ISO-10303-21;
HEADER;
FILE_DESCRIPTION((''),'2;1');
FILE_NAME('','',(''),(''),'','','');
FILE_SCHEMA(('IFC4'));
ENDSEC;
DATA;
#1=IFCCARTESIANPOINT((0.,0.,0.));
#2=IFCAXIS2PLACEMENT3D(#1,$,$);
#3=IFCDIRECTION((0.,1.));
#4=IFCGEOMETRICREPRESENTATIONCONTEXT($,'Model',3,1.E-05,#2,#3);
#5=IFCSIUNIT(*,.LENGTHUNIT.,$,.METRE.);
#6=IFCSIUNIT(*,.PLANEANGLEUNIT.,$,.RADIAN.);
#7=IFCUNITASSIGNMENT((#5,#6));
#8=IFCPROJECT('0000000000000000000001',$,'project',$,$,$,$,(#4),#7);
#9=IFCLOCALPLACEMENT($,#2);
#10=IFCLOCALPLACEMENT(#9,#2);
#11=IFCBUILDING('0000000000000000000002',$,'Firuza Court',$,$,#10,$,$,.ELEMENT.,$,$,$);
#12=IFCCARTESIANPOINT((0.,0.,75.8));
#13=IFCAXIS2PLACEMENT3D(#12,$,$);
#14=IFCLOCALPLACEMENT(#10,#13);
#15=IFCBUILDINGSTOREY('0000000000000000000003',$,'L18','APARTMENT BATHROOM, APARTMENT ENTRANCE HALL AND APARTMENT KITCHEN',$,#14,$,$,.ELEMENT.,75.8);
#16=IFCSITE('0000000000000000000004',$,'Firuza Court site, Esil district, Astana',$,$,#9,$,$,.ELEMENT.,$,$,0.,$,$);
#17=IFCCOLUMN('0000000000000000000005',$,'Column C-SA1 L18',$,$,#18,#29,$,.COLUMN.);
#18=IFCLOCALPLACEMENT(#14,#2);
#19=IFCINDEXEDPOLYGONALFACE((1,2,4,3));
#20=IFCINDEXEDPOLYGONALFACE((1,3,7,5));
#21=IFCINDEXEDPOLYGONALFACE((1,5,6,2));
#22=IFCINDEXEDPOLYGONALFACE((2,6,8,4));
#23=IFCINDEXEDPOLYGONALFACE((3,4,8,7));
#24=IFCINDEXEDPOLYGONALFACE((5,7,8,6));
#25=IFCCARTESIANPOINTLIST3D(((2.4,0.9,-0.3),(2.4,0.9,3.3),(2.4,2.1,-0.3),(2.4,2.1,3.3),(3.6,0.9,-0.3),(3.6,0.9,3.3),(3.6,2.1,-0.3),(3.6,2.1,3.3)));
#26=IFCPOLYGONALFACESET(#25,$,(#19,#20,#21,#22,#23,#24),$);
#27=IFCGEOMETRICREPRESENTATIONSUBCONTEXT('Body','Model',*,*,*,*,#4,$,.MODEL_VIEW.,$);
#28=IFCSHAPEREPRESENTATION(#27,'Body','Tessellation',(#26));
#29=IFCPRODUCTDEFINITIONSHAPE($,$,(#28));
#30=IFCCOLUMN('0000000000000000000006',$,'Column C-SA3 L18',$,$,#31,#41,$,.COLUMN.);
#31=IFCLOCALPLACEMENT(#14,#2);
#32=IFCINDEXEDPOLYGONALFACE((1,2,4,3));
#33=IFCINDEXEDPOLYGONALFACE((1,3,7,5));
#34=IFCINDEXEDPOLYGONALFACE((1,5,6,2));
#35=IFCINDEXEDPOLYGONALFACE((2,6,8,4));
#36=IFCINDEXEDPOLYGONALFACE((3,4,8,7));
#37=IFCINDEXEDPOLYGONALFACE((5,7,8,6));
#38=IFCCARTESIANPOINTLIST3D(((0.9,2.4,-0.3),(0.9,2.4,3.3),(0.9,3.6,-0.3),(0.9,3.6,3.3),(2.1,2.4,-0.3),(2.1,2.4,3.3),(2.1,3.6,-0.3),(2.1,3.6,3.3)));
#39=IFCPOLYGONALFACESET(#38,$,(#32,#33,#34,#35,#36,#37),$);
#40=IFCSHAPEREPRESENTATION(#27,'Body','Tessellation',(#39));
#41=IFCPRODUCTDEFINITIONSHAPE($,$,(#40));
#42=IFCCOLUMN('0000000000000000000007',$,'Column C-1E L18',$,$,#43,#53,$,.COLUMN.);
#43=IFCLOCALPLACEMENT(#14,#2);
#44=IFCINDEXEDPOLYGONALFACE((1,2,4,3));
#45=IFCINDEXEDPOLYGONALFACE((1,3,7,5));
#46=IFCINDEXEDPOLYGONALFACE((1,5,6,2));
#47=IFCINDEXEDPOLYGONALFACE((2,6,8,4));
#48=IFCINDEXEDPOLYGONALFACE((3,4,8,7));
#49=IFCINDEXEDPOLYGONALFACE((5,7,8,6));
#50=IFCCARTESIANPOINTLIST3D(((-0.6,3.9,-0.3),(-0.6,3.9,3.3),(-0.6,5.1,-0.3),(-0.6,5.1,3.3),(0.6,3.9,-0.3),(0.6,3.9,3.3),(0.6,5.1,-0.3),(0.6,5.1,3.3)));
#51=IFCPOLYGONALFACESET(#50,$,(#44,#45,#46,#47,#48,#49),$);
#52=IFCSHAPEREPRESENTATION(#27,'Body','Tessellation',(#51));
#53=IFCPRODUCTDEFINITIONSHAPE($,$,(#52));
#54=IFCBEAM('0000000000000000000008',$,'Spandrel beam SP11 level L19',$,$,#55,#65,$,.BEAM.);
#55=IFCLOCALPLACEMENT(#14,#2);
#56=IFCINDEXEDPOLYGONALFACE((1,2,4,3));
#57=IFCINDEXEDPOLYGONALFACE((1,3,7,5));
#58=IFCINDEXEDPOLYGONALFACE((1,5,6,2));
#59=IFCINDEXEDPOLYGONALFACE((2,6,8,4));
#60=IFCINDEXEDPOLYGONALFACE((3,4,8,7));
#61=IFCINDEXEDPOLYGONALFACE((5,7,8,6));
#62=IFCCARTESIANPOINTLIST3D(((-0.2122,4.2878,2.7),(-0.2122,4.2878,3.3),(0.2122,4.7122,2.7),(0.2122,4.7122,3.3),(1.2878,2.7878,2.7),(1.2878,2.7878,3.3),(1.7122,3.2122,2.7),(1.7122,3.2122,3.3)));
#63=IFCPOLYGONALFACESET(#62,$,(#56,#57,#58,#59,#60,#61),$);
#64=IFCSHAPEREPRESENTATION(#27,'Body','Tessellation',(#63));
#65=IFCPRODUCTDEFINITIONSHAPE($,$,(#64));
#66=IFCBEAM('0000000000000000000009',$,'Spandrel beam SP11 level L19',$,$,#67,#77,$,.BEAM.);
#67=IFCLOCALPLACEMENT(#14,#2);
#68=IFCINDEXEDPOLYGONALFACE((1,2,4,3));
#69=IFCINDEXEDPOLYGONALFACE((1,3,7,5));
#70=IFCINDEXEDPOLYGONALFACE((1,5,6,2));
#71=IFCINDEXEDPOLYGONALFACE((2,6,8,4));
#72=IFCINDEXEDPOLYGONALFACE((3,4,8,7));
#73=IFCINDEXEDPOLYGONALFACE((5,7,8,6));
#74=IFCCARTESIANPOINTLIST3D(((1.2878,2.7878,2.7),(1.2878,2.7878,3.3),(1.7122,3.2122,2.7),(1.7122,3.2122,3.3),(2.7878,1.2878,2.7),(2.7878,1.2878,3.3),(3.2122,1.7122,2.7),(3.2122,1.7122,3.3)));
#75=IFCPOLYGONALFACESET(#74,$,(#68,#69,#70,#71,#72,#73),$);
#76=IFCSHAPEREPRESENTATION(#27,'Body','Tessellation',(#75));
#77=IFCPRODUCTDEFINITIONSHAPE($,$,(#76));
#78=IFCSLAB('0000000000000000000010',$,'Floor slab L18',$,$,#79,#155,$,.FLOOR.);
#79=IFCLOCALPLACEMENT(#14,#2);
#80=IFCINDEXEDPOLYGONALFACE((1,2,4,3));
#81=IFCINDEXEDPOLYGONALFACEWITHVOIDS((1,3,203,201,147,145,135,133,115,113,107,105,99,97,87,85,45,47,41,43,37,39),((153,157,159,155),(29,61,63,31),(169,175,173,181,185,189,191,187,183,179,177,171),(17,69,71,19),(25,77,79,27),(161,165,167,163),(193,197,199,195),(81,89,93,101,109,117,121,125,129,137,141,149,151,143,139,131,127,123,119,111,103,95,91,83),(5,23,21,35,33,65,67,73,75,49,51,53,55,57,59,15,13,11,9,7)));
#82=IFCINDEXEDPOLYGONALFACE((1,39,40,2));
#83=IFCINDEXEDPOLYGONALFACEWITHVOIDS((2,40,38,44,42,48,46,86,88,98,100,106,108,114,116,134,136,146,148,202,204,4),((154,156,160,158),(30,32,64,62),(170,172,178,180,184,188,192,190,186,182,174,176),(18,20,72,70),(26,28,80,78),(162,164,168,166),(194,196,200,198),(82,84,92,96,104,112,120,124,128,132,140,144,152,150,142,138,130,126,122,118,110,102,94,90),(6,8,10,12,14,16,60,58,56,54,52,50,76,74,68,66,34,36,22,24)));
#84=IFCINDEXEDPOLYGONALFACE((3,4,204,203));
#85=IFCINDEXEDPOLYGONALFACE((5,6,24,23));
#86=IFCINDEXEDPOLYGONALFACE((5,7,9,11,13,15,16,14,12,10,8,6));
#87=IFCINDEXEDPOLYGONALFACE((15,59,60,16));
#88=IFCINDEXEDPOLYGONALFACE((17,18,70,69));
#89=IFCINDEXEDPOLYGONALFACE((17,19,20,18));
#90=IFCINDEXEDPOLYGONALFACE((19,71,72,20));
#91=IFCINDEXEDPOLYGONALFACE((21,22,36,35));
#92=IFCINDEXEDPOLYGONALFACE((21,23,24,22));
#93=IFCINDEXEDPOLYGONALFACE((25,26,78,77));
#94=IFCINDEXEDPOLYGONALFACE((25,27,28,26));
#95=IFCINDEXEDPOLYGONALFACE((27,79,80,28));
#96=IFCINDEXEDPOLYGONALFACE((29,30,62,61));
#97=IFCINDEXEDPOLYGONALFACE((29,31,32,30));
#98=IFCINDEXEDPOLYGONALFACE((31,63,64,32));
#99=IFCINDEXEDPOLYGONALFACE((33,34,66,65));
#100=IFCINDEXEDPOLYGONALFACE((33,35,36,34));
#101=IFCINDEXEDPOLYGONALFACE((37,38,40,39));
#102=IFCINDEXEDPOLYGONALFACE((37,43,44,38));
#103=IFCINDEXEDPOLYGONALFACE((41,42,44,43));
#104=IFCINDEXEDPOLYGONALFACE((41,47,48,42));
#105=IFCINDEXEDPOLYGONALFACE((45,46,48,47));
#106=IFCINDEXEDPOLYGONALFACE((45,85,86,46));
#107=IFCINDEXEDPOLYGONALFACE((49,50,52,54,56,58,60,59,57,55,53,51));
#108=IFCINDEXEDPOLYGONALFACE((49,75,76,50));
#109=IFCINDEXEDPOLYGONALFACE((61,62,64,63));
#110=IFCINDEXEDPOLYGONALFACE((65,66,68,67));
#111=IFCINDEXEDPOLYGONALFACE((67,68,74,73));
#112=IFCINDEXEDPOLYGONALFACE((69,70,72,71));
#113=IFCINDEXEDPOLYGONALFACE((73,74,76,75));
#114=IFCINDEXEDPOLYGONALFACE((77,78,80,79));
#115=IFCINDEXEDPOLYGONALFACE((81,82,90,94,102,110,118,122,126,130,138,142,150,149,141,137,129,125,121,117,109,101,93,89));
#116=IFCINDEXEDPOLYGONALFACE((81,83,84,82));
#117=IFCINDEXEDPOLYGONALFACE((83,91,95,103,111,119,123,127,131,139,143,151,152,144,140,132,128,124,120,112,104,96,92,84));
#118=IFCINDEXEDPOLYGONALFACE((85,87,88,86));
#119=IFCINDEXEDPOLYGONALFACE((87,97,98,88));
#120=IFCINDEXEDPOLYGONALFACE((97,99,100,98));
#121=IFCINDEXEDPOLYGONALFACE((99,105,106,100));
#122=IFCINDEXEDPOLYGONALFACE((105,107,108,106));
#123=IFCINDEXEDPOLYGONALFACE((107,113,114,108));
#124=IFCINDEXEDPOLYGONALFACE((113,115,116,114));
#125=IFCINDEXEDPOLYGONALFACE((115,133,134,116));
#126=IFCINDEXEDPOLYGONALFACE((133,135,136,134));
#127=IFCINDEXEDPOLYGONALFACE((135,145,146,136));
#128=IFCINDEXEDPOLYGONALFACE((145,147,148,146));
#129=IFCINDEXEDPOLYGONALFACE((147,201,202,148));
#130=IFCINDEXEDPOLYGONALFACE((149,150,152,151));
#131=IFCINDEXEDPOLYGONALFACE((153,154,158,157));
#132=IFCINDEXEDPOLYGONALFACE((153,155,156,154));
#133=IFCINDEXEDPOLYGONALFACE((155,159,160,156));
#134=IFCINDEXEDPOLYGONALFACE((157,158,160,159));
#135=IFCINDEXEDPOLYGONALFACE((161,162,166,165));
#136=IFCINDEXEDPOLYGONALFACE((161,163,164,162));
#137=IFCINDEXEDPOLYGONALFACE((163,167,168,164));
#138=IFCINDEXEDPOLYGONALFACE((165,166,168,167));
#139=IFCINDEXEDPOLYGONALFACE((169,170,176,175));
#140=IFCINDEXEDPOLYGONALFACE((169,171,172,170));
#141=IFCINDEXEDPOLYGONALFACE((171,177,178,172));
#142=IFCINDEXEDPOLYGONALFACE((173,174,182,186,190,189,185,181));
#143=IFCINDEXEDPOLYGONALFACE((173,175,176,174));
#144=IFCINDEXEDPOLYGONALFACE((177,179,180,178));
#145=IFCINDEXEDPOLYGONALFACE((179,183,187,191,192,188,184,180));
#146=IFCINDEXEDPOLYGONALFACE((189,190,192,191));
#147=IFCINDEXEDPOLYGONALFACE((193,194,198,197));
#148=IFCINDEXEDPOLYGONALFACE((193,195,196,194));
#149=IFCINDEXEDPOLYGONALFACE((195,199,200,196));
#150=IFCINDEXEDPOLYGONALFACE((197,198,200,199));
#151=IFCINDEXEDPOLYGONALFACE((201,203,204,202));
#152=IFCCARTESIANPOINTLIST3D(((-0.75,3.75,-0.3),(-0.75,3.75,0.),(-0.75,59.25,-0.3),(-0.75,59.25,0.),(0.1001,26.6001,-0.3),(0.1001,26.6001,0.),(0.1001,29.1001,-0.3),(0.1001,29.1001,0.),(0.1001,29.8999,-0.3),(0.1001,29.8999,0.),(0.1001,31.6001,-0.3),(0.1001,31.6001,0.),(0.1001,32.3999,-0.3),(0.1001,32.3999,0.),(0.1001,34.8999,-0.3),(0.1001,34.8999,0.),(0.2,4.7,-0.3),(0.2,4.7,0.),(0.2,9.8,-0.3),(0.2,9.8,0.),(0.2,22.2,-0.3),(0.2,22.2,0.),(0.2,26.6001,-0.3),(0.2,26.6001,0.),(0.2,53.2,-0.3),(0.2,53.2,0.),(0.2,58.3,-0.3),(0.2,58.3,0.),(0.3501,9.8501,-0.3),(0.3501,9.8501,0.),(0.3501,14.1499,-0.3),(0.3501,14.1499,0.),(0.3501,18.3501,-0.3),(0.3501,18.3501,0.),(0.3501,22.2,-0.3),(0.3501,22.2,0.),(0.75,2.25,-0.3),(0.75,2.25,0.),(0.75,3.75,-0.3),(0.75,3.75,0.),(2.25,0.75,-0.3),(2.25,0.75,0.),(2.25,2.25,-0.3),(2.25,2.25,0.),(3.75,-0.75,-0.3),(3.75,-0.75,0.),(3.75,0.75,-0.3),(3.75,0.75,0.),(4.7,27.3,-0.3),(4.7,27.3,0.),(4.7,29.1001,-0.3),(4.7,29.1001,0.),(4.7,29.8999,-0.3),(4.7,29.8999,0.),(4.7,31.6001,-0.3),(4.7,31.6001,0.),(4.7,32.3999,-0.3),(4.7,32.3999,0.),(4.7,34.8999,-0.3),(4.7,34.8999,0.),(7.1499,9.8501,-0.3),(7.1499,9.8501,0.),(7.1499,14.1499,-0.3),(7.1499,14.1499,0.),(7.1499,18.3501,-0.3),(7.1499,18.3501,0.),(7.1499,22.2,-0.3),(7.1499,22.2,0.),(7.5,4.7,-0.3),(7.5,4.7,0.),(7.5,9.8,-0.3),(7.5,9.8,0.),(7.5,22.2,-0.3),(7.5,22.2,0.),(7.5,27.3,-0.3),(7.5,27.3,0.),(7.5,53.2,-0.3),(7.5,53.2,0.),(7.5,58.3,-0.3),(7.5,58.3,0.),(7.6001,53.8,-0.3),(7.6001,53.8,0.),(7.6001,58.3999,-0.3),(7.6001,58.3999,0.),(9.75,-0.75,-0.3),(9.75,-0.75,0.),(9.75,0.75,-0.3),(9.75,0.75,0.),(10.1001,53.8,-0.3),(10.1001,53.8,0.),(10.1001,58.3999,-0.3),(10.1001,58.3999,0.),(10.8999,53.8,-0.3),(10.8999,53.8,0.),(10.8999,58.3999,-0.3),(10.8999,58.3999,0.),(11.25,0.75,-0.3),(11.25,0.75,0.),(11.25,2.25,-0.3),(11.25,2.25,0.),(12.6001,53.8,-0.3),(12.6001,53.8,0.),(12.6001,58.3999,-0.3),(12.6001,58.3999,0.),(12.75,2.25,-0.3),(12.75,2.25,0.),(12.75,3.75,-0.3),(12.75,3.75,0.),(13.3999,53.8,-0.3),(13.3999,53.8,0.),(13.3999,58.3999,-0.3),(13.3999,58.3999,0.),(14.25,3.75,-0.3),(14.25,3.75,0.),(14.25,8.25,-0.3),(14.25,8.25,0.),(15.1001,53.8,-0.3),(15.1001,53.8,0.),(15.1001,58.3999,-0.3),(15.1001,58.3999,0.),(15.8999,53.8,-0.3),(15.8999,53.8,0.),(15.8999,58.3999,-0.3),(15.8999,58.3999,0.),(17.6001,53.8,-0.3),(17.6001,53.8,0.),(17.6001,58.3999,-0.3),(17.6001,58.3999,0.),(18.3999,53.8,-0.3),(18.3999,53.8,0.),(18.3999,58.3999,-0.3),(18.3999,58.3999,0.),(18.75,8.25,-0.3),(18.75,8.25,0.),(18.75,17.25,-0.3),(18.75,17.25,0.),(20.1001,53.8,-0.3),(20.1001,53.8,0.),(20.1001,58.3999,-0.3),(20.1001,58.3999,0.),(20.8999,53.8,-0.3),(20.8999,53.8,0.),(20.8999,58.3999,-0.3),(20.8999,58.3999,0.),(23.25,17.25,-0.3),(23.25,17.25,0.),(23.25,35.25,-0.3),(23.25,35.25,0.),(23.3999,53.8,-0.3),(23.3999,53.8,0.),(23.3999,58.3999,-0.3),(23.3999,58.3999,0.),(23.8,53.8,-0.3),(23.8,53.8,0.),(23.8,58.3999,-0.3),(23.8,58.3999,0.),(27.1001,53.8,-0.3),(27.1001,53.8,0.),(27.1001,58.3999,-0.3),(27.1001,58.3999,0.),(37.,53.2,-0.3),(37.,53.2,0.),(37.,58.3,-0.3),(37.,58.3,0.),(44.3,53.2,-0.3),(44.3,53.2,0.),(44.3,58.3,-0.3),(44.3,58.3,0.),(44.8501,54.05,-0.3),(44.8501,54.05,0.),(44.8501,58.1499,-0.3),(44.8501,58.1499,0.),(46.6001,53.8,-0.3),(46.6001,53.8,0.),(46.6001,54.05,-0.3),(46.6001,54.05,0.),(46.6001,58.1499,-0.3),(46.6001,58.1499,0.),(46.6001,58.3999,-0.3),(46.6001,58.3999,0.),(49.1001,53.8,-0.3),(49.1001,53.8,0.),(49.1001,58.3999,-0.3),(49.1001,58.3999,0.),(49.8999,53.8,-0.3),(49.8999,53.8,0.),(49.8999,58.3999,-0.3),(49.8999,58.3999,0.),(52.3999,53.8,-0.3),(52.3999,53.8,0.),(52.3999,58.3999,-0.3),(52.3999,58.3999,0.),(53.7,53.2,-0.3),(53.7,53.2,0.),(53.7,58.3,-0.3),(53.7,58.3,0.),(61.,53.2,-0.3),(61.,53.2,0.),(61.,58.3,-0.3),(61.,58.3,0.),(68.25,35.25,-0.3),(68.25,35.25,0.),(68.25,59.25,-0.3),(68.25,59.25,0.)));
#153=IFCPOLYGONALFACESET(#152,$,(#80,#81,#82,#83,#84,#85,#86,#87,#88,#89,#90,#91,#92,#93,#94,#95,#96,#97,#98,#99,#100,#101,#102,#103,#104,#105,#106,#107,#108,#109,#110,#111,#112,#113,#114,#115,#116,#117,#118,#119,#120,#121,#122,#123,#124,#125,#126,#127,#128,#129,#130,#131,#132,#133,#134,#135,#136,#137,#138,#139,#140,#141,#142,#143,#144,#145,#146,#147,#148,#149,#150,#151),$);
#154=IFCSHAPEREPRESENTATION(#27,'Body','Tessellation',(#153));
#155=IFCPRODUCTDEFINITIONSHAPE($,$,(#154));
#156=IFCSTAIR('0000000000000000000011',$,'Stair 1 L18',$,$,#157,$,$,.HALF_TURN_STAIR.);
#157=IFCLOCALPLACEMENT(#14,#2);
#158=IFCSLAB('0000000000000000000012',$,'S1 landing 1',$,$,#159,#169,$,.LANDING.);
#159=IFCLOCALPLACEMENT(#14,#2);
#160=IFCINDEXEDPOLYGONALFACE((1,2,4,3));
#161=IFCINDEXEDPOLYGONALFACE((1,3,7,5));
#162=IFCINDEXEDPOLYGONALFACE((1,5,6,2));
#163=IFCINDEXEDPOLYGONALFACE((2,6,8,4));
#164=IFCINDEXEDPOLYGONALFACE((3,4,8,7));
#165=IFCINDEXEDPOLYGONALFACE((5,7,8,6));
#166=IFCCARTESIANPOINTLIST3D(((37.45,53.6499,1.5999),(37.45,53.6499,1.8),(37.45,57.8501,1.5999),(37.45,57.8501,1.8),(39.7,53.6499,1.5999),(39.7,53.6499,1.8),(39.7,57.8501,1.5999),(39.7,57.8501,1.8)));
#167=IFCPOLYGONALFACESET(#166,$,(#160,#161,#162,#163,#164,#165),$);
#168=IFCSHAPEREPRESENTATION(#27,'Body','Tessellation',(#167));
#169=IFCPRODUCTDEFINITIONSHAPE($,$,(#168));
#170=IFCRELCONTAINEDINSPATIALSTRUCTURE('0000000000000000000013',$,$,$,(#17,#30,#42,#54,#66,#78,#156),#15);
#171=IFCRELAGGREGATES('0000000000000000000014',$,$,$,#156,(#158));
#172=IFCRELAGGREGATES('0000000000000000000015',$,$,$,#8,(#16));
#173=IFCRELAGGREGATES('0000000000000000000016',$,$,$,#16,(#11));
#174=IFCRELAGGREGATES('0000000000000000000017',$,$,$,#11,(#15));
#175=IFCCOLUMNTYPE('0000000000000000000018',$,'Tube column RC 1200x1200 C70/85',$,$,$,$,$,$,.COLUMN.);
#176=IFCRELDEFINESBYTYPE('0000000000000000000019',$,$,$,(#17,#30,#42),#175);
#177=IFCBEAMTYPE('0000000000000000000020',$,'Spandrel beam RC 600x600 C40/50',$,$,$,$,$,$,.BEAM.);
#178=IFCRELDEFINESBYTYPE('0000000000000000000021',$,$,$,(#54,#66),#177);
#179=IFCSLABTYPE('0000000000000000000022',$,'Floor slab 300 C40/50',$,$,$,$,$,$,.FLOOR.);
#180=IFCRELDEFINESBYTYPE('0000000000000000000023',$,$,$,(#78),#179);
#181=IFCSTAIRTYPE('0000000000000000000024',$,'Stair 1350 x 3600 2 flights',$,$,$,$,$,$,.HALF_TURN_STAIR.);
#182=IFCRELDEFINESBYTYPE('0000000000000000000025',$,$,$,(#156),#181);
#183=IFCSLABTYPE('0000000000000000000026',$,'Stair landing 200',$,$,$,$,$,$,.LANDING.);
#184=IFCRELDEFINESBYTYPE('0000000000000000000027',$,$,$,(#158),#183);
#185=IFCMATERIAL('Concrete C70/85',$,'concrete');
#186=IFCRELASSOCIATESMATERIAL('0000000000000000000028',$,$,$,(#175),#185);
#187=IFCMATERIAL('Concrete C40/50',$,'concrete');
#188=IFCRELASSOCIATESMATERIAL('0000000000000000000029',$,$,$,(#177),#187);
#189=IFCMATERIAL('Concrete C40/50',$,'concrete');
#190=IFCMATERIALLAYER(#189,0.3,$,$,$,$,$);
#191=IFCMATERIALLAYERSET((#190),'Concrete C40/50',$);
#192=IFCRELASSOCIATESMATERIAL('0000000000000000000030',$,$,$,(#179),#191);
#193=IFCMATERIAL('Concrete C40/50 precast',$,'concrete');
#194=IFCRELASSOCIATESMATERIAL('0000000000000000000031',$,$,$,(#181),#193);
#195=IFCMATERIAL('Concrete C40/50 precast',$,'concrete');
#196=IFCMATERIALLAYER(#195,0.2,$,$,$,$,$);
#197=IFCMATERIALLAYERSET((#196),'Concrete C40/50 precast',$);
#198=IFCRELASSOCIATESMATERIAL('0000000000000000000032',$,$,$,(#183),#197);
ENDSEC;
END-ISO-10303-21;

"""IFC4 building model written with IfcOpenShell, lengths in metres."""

from ifc_helpers import new_model, si_unit, direction, frame, origin, origin_2d, place, context, subcontext, project, spatial, polyline, rectangle, outline, extrude, material, layer, layer_set, material_profile, profile_set, type_object, element, aggregate, save


model = new_model("IFC4")

# Units and contexts
model_context = context("Model", 3, precision=1e-05, world=origin(), true_north=direction((0.0, 1.0)))
body_context = subcontext(model_context, "Body", "Model", "MODEL_VIEW")
ifc_project = project(units=[si_unit("LENGTHUNIT", "METRE"), si_unit("PLANEANGLEUNIT", "RADIAN")], contexts=[model_context])

# Site, building, storey
site_placement = place(None, origin())
site = spatial("IfcSite", under=ifc_project, at=site_placement, Name="Firuza Court site, Esil district, Astana", CompositionType="ELEMENT", RefElevation=0.0)
building_placement = place(site_placement, origin())
building = spatial("IfcBuilding", under=site, at=building_placement, Name="Firuza Court", CompositionType="ELEMENT")
storey_placement = place(building_placement, frame((0.0, 0.0, 75.8)))
storey = spatial("IfcBuildingStorey", under=building, at=storey_placement, Name="L18", Description="APARTMENT BATHROOM, APARTMENT ENTRANCE HALL AND APARTMENT KITCHEN", CompositionType="ELEMENT", Elevation=75.8)

# Columns
ifc_material_1 = material(Name="Concrete C70/85", Category="concrete")
ifc_material_profile_1 = material_profile(ifc_material_1, rectangle(XDim=1.2, YDim=1.2, at=origin_2d()), Name="RC 1200x1200")
ifc_profile_set_1 = profile_set([ifc_material_profile_1], Name="Concrete C70/85")
column_type = type_object("IfcColumnType", Name="Tube column RC 1200x1200 C70/85", PredefinedType="COLUMN", material=ifc_profile_set_1)
for number, where, z_axis, x_axis, name in (
    (1, (3.0, 1.5, -0.3), (0.0, 0.0, 1.0), (1.0, 0.0, 0.0), "Column C-SA1 L18"),
    (2, (1.5, 3.0, -0.3), (0.0, 0.0, 1.0), (1.0, 0.0, 0.0), "Column C-SA3 L18"),
    (3, (0.0, 4.5, -0.3), (0.0, 0.0, 1.0), (1.0, 0.0, 0.0), "Column C-1E L18"),
):
    element("IfcColumn", number, at=place(storey_placement, frame(where, z_axis=z_axis, x_axis=x_axis)), inside=storey, type_object=column_type, Name=name, PredefinedType="COLUMN", context=body_context, shape_type="SweptSolid", body=[
        extrude(rectangle(XDim=1.2, YDim=1.2, at=origin_2d()), origin(), (0.0, 0.0, 1.0), 3.6001),
    ])

# Beams
ifc_material_2 = material(Name="Concrete C40/50", Category="concrete")
ifc_material_profile_2 = material_profile(ifc_material_2, rectangle(XDim=0.6001, YDim=0.6001, at=origin_2d()), Name="RC 600x600")
ifc_profile_set_2 = profile_set([ifc_material_profile_2], Name="Concrete C40/50")
beam_type = type_object("IfcBeamType", Name="Spandrel beam RC 600x600 C40/50", PredefinedType="BEAM", material=ifc_profile_set_2)
for number, where, z_axis, x_axis, name in (
    (4, (0.0, 4.5, 3.0), (0.707107, -0.707107, 0.0), (0.707107, 0.707107, 0.0), "Spandrel beam SP11 level L19"),
    (5, (1.5, 3.0, 3.0), (0.707107, -0.707107, 0.0), (0.707107, 0.707107, 0.0), "Spandrel beam SP11 level L19"),
):
    element("IfcBeam", number, at=place(storey_placement, frame(where, z_axis=z_axis, x_axis=x_axis)), inside=storey, type_object=beam_type, Name=name, PredefinedType="BEAM", context=body_context, shape_type="SweptSolid", body=[
        extrude(rectangle(XDim=0.6001, YDim=0.6001, at=origin_2d()), origin(), (0.0, 0.0, 1.0), 2.1213),
    ])

# Slab
ifc_material_3 = material(Name="Concrete C40/50", Category="concrete")
ifc_layer_1 = layer(ifc_material_3, 0.3)
ifc_layer_set_1 = layer_set([ifc_layer_1], Name="Concrete C40/50")
slab_type_1 = type_object("IfcSlabType", Name="Floor slab 300 C40/50", PredefinedType="FLOOR", material=ifc_layer_set_1)
slab_1_placement = place(storey_placement, frame((0.0, 0.0, -0.3)))
element("IfcSlab", 6, at=slab_1_placement, inside=storey, type_object=slab_type_1, Name="Floor slab L18", PredefinedType="FLOOR", context=body_context, shape_type="SweptSolid", body=[
    extrude(outline(polyline([(3.75, -0.75), (3.75, 0.75), (2.25, 0.75), (2.25, 2.25), (0.75, 2.25), (0.75, 3.75), (-0.75, 3.75), (-0.75, 59.25), (68.25, 59.25), (68.25, 35.25), (23.25, 35.25), (23.25, 17.25), (18.75, 17.25), (18.75, 8.25), (14.25, 8.25), (14.25, 3.75), (12.75, 3.75), (12.75, 2.25), (11.25, 2.25), (11.25, 0.75), (9.75, 0.75), (9.75, -0.75), (3.75, -0.75)]), holes=[polyline([(7.5, 9.8), (0.2, 9.8), (0.2, 4.7), (7.5, 4.7), (7.5, 9.8)]), polyline([(7.1499, 14.1499), (0.3501, 14.1499), (0.3501, 9.8501), (7.1499, 9.8501), (7.1499, 14.1499)]), polyline([(0.2, 22.2), (0.3501, 22.2), (0.3501, 18.3501), (7.1499, 18.3501), (7.1499, 22.2), (7.5, 22.2), (7.5, 27.3), (4.7, 27.3), (4.7, 29.1001), (4.7, 29.8999), (4.7, 31.6001), (4.7, 32.3999), (4.7, 34.8999), (0.1001, 34.8999), (0.1001, 32.3999), (0.1001, 31.6001), (0.1001, 29.8999), (0.1001, 29.1001), (0.1001, 26.6001), (0.2, 26.6001), (0.2, 22.2)]), polyline([(7.5, 58.3), (0.2, 58.3), (0.2, 53.2), (7.5, 53.2), (7.5, 58.3)]), polyline([(10.1001, 58.3999), (7.6001, 58.3999), (7.6001, 53.8), (10.1001, 53.8), (10.8999, 53.8), (12.6001, 53.8), (13.3999, 53.8), (15.1001, 53.8), (15.8999, 53.8), (17.6001, 53.8), (18.3999, 53.8), (20.1001, 53.8), (20.8999, 53.8), (23.3999, 53.8), (23.3999, 58.3999), (20.8999, 58.3999), (20.1001, 58.3999), (18.3999, 58.3999), (17.6001, 58.3999), (15.8999, 58.3999), (15.1001, 58.3999), (13.3999, 58.3999), (12.6001, 58.3999), (10.8999, 58.3999), (10.1001, 58.3999)]), polyline([(44.3, 58.3), (37.0, 58.3), (37.0, 53.2), (44.3, 53.2), (44.3, 58.3)]), polyline([(61.0, 58.3), (53.7, 58.3), (53.7, 53.2), (61.0, 53.2), (61.0, 58.3)]), polyline([(27.1001, 58.3999), (23.8, 58.3999), (23.8, 53.8), (27.1001, 53.8), (27.1001, 58.3999)]), polyline([(46.6001, 58.1499), (44.8501, 58.1499), (44.8501, 54.05), (46.6001, 54.05), (46.6001, 53.8), (49.1001, 53.8), (49.8999, 53.8), (52.3999, 53.8), (52.3999, 58.3999), (49.8999, 58.3999), (49.1001, 58.3999), (46.6001, 58.3999), (46.6001, 58.1499)])]), origin(), (0.0, 0.0, 1.0), 0.3),
])

# Stair, slab
ifc_material_4 = material(Name="Concrete C40/50 precast", Category="concrete")
stair_type = type_object("IfcStairType", Name="Stair 1350 x 3600 2 flights", PredefinedType="HALF_TURN_STAIR", material=ifc_material_4)
stair_1_placement = place(storey_placement, origin())
stair_1 = element("IfcStair", 7, at=stair_1_placement, inside=storey, type_object=stair_type, Name="Stair 1 L18", PredefinedType="HALF_TURN_STAIR")
ifc_material_5 = material(Name="Concrete C40/50 precast", Category="concrete")
ifc_layer_2 = layer(ifc_material_5, 0.2)
ifc_layer_set_2 = layer_set([ifc_layer_2], Name="Concrete C40/50 precast")
slab_type_2 = type_object("IfcSlabType", Name="Stair landing 200", PredefinedType="LANDING", material=ifc_layer_set_2)
slab_2_placement = place(storey_placement, frame((0.0, 0.0, 1.5999)))
slab_2 = element("IfcSlab", 8, at=slab_2_placement, type_object=slab_type_2, Name="S1 landing 1", PredefinedType="LANDING", context=body_context, shape_type="SweptSolid", body=[
    extrude(outline(polyline([(39.7, 53.6499), (39.7, 57.8501), (37.45, 57.8501), (37.45, 53.6499), (39.7, 53.6499)])), origin(), (0.0, 0.0, 1.0), 0.2002),
])
aggregate(stair_1, [slab_2])

save(model, "model.ifc")
